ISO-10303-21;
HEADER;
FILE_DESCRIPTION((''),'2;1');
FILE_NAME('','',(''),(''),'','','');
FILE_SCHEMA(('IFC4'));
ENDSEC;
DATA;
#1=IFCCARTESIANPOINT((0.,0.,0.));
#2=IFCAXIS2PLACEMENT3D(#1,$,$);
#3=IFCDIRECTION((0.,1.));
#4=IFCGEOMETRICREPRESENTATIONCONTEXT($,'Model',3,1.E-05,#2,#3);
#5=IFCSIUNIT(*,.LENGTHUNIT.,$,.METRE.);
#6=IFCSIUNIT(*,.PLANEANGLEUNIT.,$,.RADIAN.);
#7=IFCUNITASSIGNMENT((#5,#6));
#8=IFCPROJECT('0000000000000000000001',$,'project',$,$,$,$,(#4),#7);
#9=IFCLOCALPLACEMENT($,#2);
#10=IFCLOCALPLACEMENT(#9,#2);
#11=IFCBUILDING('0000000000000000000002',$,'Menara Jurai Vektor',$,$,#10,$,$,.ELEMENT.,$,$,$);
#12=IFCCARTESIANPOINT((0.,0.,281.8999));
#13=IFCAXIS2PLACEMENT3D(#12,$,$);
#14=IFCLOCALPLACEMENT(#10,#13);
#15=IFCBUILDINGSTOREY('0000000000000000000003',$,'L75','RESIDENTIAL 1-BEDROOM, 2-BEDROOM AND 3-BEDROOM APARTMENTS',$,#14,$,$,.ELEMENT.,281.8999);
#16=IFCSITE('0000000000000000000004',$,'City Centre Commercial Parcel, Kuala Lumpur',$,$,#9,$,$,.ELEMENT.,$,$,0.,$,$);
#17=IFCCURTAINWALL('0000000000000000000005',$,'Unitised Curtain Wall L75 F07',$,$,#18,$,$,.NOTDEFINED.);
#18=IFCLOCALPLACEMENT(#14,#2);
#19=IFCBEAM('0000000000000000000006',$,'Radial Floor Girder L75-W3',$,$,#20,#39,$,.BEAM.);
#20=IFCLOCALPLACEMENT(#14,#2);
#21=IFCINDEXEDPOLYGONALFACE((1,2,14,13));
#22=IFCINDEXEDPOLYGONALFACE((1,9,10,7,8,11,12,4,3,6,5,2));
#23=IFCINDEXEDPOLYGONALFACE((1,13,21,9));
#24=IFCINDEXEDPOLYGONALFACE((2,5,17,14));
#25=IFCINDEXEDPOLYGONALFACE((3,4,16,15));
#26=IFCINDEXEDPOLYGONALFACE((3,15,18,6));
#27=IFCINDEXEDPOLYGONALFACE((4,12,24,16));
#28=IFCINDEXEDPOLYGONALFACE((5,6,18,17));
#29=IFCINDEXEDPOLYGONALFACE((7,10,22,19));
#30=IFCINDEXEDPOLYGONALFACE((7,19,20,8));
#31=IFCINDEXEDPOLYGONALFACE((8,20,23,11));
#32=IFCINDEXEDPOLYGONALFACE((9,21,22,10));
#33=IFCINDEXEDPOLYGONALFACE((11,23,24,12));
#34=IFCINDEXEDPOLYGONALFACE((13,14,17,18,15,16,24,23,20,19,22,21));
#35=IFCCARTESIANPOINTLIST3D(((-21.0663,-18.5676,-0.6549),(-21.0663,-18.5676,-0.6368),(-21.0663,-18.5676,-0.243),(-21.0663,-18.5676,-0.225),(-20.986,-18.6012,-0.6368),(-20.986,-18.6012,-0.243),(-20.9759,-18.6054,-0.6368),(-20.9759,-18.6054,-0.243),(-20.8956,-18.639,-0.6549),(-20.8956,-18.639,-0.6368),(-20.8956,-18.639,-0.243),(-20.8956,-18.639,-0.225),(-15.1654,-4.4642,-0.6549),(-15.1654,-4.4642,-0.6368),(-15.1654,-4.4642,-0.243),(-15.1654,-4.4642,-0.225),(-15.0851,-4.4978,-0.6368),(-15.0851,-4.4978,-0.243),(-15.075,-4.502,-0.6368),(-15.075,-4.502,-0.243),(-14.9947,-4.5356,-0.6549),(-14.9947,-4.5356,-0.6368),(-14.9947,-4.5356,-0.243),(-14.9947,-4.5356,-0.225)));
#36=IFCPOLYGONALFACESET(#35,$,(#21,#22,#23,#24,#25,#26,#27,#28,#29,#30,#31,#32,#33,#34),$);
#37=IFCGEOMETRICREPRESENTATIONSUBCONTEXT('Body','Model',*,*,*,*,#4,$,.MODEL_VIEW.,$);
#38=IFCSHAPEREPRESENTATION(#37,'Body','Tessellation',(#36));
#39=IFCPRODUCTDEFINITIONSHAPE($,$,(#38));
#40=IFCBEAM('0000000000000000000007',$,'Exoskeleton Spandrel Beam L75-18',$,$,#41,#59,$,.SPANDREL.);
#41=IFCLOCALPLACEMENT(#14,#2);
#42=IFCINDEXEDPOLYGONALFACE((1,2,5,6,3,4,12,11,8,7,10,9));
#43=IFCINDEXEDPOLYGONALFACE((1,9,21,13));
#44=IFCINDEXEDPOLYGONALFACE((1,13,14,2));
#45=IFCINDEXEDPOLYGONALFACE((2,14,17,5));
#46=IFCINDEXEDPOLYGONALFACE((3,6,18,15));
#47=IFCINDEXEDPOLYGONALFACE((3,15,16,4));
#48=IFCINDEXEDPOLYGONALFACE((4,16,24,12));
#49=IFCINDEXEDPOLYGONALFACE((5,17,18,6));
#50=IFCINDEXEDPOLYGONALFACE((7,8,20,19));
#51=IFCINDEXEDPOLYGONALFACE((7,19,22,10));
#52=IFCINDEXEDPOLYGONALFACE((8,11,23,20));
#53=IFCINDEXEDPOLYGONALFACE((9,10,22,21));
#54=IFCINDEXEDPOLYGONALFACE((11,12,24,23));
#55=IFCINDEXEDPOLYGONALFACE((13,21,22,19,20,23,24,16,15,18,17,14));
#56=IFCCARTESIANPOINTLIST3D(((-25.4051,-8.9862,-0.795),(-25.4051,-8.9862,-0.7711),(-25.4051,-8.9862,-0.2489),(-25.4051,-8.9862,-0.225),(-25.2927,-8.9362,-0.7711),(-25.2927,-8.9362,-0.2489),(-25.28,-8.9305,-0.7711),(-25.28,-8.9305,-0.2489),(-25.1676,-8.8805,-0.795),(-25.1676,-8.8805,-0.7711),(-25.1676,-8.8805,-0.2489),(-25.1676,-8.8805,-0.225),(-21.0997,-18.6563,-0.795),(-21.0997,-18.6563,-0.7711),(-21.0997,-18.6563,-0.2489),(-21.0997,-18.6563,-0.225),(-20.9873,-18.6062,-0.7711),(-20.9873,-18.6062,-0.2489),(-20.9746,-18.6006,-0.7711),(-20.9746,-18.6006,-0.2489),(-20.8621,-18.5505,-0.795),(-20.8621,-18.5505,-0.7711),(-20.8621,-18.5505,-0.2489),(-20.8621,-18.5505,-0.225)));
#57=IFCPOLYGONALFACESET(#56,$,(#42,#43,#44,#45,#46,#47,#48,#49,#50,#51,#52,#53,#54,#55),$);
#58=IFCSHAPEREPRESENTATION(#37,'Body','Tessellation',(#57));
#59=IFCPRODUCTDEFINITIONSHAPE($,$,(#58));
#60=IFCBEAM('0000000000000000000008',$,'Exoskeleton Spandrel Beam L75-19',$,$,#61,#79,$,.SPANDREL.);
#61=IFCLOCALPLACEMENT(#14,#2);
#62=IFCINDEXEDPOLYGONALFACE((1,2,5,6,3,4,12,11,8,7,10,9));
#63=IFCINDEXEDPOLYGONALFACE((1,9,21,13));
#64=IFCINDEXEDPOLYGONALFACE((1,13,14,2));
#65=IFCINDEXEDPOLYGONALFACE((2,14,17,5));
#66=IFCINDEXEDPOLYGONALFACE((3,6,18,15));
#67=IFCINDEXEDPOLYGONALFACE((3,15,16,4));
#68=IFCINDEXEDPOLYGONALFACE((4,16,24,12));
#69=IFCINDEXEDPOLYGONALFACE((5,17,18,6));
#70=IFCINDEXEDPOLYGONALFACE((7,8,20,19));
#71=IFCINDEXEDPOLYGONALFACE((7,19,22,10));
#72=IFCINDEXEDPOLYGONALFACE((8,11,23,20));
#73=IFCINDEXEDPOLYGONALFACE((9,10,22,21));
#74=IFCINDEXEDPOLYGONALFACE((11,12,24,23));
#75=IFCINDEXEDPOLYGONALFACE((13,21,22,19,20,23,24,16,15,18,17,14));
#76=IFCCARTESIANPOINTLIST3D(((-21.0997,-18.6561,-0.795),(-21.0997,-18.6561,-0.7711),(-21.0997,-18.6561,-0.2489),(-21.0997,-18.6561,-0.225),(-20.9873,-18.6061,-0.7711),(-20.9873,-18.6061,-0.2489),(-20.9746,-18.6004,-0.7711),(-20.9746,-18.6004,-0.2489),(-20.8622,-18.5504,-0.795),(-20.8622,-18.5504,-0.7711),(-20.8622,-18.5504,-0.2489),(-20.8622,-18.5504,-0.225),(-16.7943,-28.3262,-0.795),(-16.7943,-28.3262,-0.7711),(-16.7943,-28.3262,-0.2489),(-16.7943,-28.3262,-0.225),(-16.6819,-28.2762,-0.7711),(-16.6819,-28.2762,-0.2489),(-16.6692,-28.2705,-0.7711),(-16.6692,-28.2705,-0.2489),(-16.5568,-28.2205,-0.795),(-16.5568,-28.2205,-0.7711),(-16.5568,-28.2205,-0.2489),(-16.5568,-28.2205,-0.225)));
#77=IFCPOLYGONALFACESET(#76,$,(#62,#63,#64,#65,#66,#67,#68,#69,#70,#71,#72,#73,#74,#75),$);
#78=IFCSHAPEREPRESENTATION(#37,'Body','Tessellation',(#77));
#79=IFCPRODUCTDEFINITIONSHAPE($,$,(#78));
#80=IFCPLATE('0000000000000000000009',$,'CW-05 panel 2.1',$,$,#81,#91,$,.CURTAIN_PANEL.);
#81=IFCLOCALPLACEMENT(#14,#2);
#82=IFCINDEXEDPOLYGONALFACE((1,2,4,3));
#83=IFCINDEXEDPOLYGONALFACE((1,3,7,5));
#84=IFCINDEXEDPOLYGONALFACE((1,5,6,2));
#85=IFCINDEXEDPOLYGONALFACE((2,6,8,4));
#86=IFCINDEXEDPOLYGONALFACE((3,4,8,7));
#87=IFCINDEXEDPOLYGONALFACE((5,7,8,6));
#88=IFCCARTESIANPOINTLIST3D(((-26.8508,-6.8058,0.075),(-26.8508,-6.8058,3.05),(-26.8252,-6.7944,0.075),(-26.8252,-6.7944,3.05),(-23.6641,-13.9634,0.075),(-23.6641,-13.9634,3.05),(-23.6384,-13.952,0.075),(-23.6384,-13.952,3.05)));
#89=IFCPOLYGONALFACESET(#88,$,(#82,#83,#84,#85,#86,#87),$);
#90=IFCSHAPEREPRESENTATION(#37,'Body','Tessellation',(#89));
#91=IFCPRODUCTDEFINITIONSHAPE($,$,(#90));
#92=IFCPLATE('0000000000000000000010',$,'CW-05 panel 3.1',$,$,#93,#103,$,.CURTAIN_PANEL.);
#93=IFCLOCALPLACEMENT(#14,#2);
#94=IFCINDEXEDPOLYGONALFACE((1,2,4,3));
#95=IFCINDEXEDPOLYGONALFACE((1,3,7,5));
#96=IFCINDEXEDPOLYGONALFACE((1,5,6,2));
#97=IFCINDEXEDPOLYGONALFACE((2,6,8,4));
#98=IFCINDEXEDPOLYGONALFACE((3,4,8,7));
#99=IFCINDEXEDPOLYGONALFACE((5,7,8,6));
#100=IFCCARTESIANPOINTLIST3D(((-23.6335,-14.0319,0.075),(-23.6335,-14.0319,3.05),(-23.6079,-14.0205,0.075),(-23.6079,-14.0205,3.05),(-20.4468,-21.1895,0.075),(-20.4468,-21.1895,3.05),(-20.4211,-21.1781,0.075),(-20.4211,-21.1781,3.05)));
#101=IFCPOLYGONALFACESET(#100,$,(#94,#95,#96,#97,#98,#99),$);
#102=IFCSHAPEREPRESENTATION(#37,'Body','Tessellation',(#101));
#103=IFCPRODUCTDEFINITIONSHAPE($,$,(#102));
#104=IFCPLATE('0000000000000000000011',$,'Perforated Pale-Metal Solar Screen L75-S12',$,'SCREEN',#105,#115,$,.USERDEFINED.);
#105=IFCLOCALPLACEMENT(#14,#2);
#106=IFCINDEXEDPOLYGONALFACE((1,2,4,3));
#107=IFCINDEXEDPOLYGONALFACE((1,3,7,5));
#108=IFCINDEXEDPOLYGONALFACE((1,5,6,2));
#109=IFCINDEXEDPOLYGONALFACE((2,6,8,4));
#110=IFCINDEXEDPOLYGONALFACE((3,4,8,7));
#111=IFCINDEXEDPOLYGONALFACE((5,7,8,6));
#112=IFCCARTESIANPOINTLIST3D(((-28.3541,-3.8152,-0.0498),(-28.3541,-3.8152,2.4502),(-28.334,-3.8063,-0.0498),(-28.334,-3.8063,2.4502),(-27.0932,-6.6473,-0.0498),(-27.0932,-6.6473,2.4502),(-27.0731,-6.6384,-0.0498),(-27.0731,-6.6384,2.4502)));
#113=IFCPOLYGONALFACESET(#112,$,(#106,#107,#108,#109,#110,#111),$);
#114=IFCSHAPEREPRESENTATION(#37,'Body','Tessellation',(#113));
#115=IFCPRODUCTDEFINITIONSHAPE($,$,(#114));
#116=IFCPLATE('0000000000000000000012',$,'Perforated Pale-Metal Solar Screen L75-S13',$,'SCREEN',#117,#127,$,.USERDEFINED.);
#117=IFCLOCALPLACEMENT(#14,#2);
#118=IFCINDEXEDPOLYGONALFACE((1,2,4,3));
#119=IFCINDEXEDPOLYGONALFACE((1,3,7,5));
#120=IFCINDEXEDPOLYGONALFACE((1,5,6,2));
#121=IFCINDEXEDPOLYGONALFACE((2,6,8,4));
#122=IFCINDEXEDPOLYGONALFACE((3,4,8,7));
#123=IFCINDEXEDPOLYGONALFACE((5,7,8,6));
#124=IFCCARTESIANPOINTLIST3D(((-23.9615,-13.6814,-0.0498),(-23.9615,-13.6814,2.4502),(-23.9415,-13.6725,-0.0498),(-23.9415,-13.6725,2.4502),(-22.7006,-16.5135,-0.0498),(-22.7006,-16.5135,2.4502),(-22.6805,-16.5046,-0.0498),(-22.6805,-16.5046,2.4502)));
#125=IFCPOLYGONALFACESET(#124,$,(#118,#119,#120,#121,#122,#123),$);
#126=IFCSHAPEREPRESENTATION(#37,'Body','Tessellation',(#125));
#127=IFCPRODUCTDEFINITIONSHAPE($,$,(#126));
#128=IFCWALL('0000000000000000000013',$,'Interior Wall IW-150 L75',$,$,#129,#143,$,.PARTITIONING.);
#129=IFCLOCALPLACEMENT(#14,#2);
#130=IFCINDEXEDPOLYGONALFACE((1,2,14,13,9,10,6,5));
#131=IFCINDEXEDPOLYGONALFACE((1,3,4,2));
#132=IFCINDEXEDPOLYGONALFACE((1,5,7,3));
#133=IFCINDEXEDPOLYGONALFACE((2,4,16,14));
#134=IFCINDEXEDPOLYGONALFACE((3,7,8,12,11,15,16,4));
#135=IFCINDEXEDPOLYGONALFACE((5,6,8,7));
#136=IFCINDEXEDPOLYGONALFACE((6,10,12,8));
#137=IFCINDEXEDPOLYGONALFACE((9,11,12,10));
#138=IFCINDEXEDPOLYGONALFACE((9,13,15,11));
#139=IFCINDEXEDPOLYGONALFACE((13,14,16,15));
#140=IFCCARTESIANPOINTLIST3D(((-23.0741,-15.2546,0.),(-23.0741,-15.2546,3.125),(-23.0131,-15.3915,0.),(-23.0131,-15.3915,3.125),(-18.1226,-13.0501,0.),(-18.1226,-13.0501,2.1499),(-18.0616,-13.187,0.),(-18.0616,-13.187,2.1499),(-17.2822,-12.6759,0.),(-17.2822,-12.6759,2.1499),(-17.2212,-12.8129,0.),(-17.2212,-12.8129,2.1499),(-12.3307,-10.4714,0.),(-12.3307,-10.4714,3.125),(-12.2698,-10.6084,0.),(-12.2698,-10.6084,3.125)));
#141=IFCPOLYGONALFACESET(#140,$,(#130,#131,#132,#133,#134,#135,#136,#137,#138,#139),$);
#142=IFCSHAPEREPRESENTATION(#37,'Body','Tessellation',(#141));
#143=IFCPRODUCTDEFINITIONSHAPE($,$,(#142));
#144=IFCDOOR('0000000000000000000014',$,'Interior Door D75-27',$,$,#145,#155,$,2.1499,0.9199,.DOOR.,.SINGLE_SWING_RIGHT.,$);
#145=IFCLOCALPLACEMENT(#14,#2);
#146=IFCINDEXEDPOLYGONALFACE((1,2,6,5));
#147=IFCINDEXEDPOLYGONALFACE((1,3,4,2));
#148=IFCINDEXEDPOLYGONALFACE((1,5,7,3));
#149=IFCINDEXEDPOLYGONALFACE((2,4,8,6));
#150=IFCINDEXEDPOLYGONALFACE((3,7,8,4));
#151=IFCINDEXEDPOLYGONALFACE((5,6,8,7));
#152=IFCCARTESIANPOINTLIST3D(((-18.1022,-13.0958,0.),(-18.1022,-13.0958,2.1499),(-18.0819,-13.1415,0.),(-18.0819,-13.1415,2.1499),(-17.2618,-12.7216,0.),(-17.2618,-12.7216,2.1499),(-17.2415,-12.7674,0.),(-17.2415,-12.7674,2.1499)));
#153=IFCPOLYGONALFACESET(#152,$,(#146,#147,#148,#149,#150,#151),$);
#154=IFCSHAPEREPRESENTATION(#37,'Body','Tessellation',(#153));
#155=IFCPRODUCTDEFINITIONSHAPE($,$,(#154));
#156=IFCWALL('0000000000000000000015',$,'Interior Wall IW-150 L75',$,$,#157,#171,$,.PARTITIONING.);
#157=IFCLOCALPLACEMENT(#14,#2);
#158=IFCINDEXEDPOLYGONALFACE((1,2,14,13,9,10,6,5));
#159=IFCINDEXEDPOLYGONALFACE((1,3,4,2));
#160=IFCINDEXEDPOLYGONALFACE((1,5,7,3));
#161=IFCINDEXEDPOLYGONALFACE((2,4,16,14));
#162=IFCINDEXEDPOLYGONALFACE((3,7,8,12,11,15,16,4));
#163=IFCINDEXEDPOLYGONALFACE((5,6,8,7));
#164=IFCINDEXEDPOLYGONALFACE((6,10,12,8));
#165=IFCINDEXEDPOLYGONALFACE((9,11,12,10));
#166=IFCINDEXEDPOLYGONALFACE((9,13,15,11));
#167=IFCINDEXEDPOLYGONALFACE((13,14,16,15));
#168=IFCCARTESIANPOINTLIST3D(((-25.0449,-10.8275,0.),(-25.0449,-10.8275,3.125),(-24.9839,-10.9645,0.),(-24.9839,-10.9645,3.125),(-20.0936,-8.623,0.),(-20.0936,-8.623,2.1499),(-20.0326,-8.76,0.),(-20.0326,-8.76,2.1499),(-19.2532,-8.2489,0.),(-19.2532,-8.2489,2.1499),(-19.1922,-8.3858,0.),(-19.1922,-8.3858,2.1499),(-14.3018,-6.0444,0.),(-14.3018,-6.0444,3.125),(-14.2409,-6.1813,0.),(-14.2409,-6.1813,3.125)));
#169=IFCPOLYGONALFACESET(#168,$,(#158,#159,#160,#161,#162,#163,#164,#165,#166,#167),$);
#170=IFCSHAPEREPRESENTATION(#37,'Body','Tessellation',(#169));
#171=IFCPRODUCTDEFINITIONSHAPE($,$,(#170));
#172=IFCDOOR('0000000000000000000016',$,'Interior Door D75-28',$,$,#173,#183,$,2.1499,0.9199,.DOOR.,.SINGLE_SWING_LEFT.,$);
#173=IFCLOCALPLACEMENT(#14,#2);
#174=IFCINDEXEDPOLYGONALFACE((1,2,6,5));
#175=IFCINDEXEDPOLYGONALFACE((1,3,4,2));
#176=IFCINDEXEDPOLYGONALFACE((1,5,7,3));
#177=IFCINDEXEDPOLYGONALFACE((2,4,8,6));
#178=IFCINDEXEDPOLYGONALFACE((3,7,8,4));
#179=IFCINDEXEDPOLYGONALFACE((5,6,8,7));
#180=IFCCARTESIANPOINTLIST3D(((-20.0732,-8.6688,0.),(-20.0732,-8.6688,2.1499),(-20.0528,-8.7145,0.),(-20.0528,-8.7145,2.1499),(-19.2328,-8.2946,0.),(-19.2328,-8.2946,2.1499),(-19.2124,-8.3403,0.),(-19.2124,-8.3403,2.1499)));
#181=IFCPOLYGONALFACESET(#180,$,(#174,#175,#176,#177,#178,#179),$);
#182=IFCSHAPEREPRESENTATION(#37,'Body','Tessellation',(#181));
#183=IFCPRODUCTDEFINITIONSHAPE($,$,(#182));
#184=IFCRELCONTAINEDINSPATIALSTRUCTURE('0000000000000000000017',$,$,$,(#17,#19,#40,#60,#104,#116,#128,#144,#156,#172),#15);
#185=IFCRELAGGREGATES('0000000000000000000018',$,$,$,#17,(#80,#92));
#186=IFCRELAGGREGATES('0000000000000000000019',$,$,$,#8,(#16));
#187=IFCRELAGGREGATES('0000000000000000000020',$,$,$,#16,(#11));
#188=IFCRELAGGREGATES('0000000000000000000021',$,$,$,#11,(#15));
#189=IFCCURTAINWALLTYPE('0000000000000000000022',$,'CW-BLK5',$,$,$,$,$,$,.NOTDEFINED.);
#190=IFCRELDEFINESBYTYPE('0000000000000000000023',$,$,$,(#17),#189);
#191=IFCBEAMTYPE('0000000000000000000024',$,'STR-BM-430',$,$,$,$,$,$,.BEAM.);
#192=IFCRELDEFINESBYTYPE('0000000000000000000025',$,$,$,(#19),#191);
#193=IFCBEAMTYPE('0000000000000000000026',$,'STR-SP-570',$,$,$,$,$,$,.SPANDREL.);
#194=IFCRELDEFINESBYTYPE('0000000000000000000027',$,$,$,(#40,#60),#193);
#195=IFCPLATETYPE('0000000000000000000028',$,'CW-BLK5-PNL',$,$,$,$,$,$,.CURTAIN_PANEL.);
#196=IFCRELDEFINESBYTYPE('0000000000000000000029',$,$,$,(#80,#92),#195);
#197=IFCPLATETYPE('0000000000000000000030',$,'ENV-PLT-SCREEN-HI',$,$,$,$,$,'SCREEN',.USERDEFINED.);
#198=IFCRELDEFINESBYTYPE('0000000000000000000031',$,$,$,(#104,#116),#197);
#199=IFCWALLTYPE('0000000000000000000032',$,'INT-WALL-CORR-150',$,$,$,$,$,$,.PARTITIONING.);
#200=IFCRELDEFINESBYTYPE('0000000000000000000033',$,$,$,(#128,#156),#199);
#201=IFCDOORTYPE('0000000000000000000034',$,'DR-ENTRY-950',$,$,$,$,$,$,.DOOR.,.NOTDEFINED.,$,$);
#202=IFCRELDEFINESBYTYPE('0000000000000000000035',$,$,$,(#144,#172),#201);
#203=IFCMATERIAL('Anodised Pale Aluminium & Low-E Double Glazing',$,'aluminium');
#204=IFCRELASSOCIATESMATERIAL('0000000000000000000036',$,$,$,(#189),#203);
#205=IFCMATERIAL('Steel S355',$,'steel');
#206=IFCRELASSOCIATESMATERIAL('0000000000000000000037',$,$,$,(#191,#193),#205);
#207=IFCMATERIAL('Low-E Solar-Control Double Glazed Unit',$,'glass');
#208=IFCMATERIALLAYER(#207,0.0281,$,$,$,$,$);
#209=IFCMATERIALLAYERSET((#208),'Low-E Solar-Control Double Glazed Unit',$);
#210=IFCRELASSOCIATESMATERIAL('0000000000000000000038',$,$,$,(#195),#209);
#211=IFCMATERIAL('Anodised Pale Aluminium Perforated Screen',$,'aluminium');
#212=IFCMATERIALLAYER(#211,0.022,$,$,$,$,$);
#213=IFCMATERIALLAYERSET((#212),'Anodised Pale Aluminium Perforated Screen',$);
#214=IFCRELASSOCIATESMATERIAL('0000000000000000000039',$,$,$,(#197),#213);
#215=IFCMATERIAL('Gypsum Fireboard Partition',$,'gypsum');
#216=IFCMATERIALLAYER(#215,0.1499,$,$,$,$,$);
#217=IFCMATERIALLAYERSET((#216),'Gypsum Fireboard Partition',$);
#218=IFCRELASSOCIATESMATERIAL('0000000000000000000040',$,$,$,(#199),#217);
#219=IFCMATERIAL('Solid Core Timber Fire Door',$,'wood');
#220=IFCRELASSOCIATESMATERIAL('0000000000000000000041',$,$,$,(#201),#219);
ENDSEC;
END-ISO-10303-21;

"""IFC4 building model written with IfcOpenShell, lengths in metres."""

from ifc_helpers import new_model, si_unit, direction, frame, frame_2d, origin, origin_2d, place, context, subcontext, project, spatial, rectangle, i_section, extrude, material, layer, layer_set, material_profile, profile_set, type_object, element, fill, aggregate, save


model = new_model("IFC4")

# Units and contexts
model_context = context("Model", 3, precision=1e-05, world=origin(), true_north=direction((0.0, 1.0)))
body_context = subcontext(model_context, "Body", "Model", "MODEL_VIEW")
ifc_project = project(units=[si_unit("LENGTHUNIT", "METRE"), si_unit("PLANEANGLEUNIT", "RADIAN")], contexts=[model_context])

# Site, building, storey
site_placement = place(None, origin())
site = spatial("IfcSite", under=ifc_project, at=site_placement, Name="City Centre Commercial Parcel, Kuala Lumpur", CompositionType="ELEMENT", RefElevation=0.0)
building_placement = place(site_placement, origin())
building = spatial("IfcBuilding", under=site, at=building_placement, Name="Menara Jurai Vektor", CompositionType="ELEMENT")
storey_placement = place(building_placement, frame((0.0, 0.0, 281.8999)))
storey = spatial("IfcBuildingStorey", under=building, at=storey_placement, Name="L75", Description="RESIDENTIAL 1-BEDROOM, 2-BEDROOM AND 3-BEDROOM APARTMENTS", CompositionType="ELEMENT", Elevation=281.8999)

# Curtain wall
ifc_material_1 = material(Name="Anodised Pale Aluminium & Low-E Double Glazing", Category="aluminium")
curtain_wall_type = type_object("IfcCurtainWallType", Name="CW-BLK5", PredefinedType="NOTDEFINED", material=ifc_material_1)
curtain_wall_placement = place(storey_placement, origin())
curtain_wall = element("IfcCurtainWall", 1, at=curtain_wall_placement, inside=storey, type_object=curtain_wall_type, Name="Unitised Curtain Wall L75 F07", PredefinedType="NOTDEFINED")

# Beams
ifc_material_2 = material(Name="Steel S355", Category="steel")
ifc_material_profile_1 = material_profile(ifc_material_2, i_section(OverallWidth=0.1851, OverallDepth=0.4299, WebThickness=0.011, FlangeThickness=0.0181, at=origin_2d()), Name="PG 430x185x76")
ifc_profile_set_1 = profile_set([ifc_material_profile_1], Name="Steel S355")
beam_type_1 = type_object("IfcBeamType", Name="STR-BM-430", PredefinedType="BEAM", material=ifc_profile_set_1)
beam_1_placement = place(storey_placement, frame((-20.981, -18.6033, -0.4399), z_axis=(0.385981, 0.922507, 0.0), x_axis=(-0.922507, 0.385981, 0.0)))
element("IfcBeam", 2, at=beam_1_placement, inside=storey, type_object=beam_type_1, Name="Radial Floor Girder L75-W3", PredefinedType="BEAM", context=body_context, shape_type="SweptSolid", body=[
    extrude(i_section(OverallWidth=0.1851, OverallDepth=0.4299, WebThickness=0.011, FlangeThickness=0.0181, at=origin_2d()), origin(), (0.0, 0.0, 1.0), 15.2881),
])
ifc_material_profile_2 = material_profile(ifc_material_2, i_section(OverallWidth=0.26, OverallDepth=0.5701, WebThickness=0.0139, FlangeThickness=0.0239, at=origin_2d()), Name="PG 570x260x145")
ifc_profile_set_2 = profile_set([ifc_material_profile_2], Name="Steel S355")
beam_type_2 = type_object("IfcBeamType", Name="STR-SP-570", PredefinedType="SPANDREL", material=ifc_profile_set_2)
for number, where, z_axis, x_axis, name in (
    (3, (-25.2864, -8.9333, -0.51), (0.406744, -0.913542, 0.0), (0.913542, 0.406744, 0.0), "Exoskeleton Spandrel Beam L75-18"),
    (4, (-20.981, -18.6033, -0.51), (0.406735, -0.913546, 0.0), (0.913546, 0.406735, 0.0), "Exoskeleton Spandrel Beam L75-19"),
):
    element("IfcBeam", number, at=place(storey_placement, frame(where, z_axis=z_axis, x_axis=x_axis)), inside=storey, type_object=beam_type_2, Name=name, PredefinedType="SPANDREL", context=body_context, shape_type="SweptSolid", body=[
        extrude(i_section(OverallWidth=0.26, OverallDepth=0.5701, WebThickness=0.0139, FlangeThickness=0.0239, at=origin_2d()), origin(), (0.0, 0.0, 1.0), 10.5852),
    ])

# Plates
ifc_material_3 = material(Name="Low-E Solar-Control Double Glazed Unit", Category="glass")
ifc_layer_1 = layer(ifc_material_3, 0.0281)
ifc_layer_set_1 = layer_set([ifc_layer_1], Name="Low-E Solar-Control Double Glazed Unit")
plate_type_1 = type_object("IfcPlateType", Name="CW-BLK5-PNL", PredefinedType="CURTAIN_PANEL", material=ifc_layer_set_1)
plate_1_placement = place(storey_placement, frame((-25.2446, -10.3789, 0.075), z_axis=(0.0, 0.0, 1.0), x_axis=(0.406735, -0.913546, 0.0)))
plate_1 = element("IfcPlate", 5, at=plate_1_placement, type_object=plate_type_1, Name="CW-05 panel 2.1", PredefinedType="CURTAIN_PANEL", context=body_context, shape_type="SweptSolid", body=[
    extrude(rectangle(XDim=7.835, YDim=0.0281, at=origin_2d()), origin(), (0.0, 0.0, 1.0), 2.9751),
])
plate_2_placement = place(storey_placement, frame((-22.0273, -17.605, 0.075), z_axis=(0.0, 0.0, 1.0), x_axis=(0.406735, -0.913546, 0.0)))
plate_2 = element("IfcPlate", 6, at=plate_2_placement, type_object=plate_type_1, Name="CW-05 panel 3.1", PredefinedType="CURTAIN_PANEL", context=body_context, shape_type="SweptSolid", body=[
    extrude(rectangle(XDim=7.835, YDim=0.0281, at=origin_2d()), origin(), (0.0, 0.0, 1.0), 2.9751),
])
aggregate(curtain_wall, [plate_1, plate_2])

# Plates
ifc_material_4 = material(Name="Anodised Pale Aluminium Perforated Screen", Category="aluminium")
ifc_layer_2 = layer(ifc_material_4, 0.022)
ifc_layer_set_2 = layer_set([ifc_layer_2], Name="Anodised Pale Aluminium Perforated Screen")
plate_type_2 = type_object("IfcPlateType", Name="ENV-PLT-SCREEN-HI", ElementType="SCREEN", PredefinedType="USERDEFINED", material=ifc_layer_set_2)
for number, where, z_axis, x_axis, name in (
    (7, (-27.7136, -5.2268, -0.0498), (0.0, 0.0, 1.0), (0.406737, -0.913545, 0.0), "Perforated Pale-Metal Solar Screen L75-S12"),
    (8, (-23.321, -15.093, -0.0498), (0.0, 0.0, 1.0), (0.406737, -0.913545, 0.0), "Perforated Pale-Metal Solar Screen L75-S13"),
):
    element("IfcPlate", number, at=place(storey_placement, frame(where, z_axis=z_axis, x_axis=x_axis)), inside=storey, type_object=plate_type_2, Name=name, ObjectType="SCREEN", PredefinedType="USERDEFINED", context=body_context, shape_type="SweptSolid", body=[
        extrude(rectangle(XDim=3.1001, YDim=0.022, at=origin_2d()), origin(), (0.0, 0.0, 1.0), 2.5),
    ])

# Walls, openings, doors
ifc_material_5 = material(Name="Gypsum Fireboard Partition", Category="gypsum")
ifc_layer_3 = layer(ifc_material_5, 0.1499)
ifc_layer_set_3 = layer_set([ifc_layer_3], Name="Gypsum Fireboard Partition")
wall_type_1 = type_object("IfcWallType", Name="INT-WALL-CORR-150", PredefinedType="PARTITIONING", material=ifc_layer_set_3)
wall_1_placement = place(storey_placement, frame((-23.0435, -15.323, 0.0), z_axis=(0.0, 0.0, 1.0), x_axis=(0.913548, 0.406732, 0.0)))
wall_1 = element("IfcWall", 9, at=wall_1_placement, inside=storey, type_object=wall_type_1, Name="Interior Wall IW-150 L75", PredefinedType="PARTITIONING", context=body_context, shape_type="SweptSolid", body=[
    extrude(rectangle(XDim=11.76, YDim=0.1499, at=frame_2d((5.8799, 0.0))), origin(), (0.0, 0.0, 1.0), 3.125),
])
opening_1_placement = place(wall_1_placement, frame((5.4199, 0.0, 0.0)))
opening_1 = element("IfcOpeningElement", 10, at=opening_1_placement, cuts=wall_1, PredefinedType="OPENING", context=body_context, shape_type="SweptSolid", body=[
    extrude(rectangle(XDim=0.9199, YDim=2.1499, at=frame_2d((0.46, 1.075))), frame((0.0, 0.085, 0.0), z_axis=(0.0, -1.0, 0.0), x_axis=(1.0, 0.0, 0.0)), (0.0, 0.0, 1.0), 0.1699),
])
ifc_material_6 = material(Name="Solid Core Timber Fire Door", Category="wood")
door_type = type_object("IfcDoorType", Name="DR-ENTRY-950", OperationType="NOTDEFINED", PredefinedType="DOOR", material=ifc_material_6)
door_1_placement = place(opening_1_placement, origin())
door_1 = element("IfcDoor", 11, at=door_1_placement, inside=storey, type_object=door_type, Name="Interior Door D75-27", OperationType="SINGLE_SWING_RIGHT", OverallHeight=2.1499, OverallWidth=0.9199, PredefinedType="DOOR", context=body_context, shape_type="SweptSolid", body=[
    extrude(rectangle(XDim=0.9199, YDim=2.1499, at=frame_2d((0.46, 1.075))), frame((0.0, 0.0249, 0.0), z_axis=(0.0, -1.0, 0.0), x_axis=(1.0, 0.0, 0.0)), (0.0, 0.0, 1.0), 0.05),
])
fill(opening_1, door_1)
wall_2_placement = place(storey_placement, frame((-25.0144, -10.896, 0.0), z_axis=(0.0, 0.0, 1.0), x_axis=(0.913544, 0.406739, 0.0)))
wall_2 = element("IfcWall", 12, at=wall_2_placement, inside=storey, type_object=wall_type_1, Name="Interior Wall IW-150 L75", PredefinedType="PARTITIONING", context=body_context, shape_type="SweptSolid", body=[
    extrude(rectangle(XDim=11.7598, YDim=0.1499, at=frame_2d((5.8799, 0.0))), origin(), (0.0, 0.0, 1.0), 3.125),
])
opening_2_placement = place(wall_2_placement, frame((5.4199, 0.0, 0.0)))
opening_2 = element("IfcOpeningElement", 13, at=opening_2_placement, cuts=wall_2, PredefinedType="OPENING", context=body_context, shape_type="SweptSolid", body=[
    extrude(rectangle(XDim=0.9199, YDim=2.1499, at=frame_2d((0.46, 1.075))), frame((0.0, 0.085, 0.0), z_axis=(0.0, -1.0, 0.0), x_axis=(1.0, 0.0, 0.0)), (0.0, 0.0, 1.0), 0.1699),
])
door_2_placement = place(opening_2_placement, origin())
door_2 = element("IfcDoor", 14, at=door_2_placement, inside=storey, type_object=door_type, Name="Interior Door D75-28", OperationType="SINGLE_SWING_LEFT", OverallHeight=2.1499, OverallWidth=0.9199, PredefinedType="DOOR", context=body_context, shape_type="SweptSolid", body=[
    extrude(rectangle(XDim=0.9199, YDim=2.1499, at=frame_2d((0.46, 1.075))), frame((0.0, 0.0249, 0.0), z_axis=(0.0, -1.0, 0.0), x_axis=(1.0, 0.0, 0.0)), (0.0, 0.0, 1.0), 0.05),
])
fill(opening_2, door_2)

save(model, "model.ifc")
